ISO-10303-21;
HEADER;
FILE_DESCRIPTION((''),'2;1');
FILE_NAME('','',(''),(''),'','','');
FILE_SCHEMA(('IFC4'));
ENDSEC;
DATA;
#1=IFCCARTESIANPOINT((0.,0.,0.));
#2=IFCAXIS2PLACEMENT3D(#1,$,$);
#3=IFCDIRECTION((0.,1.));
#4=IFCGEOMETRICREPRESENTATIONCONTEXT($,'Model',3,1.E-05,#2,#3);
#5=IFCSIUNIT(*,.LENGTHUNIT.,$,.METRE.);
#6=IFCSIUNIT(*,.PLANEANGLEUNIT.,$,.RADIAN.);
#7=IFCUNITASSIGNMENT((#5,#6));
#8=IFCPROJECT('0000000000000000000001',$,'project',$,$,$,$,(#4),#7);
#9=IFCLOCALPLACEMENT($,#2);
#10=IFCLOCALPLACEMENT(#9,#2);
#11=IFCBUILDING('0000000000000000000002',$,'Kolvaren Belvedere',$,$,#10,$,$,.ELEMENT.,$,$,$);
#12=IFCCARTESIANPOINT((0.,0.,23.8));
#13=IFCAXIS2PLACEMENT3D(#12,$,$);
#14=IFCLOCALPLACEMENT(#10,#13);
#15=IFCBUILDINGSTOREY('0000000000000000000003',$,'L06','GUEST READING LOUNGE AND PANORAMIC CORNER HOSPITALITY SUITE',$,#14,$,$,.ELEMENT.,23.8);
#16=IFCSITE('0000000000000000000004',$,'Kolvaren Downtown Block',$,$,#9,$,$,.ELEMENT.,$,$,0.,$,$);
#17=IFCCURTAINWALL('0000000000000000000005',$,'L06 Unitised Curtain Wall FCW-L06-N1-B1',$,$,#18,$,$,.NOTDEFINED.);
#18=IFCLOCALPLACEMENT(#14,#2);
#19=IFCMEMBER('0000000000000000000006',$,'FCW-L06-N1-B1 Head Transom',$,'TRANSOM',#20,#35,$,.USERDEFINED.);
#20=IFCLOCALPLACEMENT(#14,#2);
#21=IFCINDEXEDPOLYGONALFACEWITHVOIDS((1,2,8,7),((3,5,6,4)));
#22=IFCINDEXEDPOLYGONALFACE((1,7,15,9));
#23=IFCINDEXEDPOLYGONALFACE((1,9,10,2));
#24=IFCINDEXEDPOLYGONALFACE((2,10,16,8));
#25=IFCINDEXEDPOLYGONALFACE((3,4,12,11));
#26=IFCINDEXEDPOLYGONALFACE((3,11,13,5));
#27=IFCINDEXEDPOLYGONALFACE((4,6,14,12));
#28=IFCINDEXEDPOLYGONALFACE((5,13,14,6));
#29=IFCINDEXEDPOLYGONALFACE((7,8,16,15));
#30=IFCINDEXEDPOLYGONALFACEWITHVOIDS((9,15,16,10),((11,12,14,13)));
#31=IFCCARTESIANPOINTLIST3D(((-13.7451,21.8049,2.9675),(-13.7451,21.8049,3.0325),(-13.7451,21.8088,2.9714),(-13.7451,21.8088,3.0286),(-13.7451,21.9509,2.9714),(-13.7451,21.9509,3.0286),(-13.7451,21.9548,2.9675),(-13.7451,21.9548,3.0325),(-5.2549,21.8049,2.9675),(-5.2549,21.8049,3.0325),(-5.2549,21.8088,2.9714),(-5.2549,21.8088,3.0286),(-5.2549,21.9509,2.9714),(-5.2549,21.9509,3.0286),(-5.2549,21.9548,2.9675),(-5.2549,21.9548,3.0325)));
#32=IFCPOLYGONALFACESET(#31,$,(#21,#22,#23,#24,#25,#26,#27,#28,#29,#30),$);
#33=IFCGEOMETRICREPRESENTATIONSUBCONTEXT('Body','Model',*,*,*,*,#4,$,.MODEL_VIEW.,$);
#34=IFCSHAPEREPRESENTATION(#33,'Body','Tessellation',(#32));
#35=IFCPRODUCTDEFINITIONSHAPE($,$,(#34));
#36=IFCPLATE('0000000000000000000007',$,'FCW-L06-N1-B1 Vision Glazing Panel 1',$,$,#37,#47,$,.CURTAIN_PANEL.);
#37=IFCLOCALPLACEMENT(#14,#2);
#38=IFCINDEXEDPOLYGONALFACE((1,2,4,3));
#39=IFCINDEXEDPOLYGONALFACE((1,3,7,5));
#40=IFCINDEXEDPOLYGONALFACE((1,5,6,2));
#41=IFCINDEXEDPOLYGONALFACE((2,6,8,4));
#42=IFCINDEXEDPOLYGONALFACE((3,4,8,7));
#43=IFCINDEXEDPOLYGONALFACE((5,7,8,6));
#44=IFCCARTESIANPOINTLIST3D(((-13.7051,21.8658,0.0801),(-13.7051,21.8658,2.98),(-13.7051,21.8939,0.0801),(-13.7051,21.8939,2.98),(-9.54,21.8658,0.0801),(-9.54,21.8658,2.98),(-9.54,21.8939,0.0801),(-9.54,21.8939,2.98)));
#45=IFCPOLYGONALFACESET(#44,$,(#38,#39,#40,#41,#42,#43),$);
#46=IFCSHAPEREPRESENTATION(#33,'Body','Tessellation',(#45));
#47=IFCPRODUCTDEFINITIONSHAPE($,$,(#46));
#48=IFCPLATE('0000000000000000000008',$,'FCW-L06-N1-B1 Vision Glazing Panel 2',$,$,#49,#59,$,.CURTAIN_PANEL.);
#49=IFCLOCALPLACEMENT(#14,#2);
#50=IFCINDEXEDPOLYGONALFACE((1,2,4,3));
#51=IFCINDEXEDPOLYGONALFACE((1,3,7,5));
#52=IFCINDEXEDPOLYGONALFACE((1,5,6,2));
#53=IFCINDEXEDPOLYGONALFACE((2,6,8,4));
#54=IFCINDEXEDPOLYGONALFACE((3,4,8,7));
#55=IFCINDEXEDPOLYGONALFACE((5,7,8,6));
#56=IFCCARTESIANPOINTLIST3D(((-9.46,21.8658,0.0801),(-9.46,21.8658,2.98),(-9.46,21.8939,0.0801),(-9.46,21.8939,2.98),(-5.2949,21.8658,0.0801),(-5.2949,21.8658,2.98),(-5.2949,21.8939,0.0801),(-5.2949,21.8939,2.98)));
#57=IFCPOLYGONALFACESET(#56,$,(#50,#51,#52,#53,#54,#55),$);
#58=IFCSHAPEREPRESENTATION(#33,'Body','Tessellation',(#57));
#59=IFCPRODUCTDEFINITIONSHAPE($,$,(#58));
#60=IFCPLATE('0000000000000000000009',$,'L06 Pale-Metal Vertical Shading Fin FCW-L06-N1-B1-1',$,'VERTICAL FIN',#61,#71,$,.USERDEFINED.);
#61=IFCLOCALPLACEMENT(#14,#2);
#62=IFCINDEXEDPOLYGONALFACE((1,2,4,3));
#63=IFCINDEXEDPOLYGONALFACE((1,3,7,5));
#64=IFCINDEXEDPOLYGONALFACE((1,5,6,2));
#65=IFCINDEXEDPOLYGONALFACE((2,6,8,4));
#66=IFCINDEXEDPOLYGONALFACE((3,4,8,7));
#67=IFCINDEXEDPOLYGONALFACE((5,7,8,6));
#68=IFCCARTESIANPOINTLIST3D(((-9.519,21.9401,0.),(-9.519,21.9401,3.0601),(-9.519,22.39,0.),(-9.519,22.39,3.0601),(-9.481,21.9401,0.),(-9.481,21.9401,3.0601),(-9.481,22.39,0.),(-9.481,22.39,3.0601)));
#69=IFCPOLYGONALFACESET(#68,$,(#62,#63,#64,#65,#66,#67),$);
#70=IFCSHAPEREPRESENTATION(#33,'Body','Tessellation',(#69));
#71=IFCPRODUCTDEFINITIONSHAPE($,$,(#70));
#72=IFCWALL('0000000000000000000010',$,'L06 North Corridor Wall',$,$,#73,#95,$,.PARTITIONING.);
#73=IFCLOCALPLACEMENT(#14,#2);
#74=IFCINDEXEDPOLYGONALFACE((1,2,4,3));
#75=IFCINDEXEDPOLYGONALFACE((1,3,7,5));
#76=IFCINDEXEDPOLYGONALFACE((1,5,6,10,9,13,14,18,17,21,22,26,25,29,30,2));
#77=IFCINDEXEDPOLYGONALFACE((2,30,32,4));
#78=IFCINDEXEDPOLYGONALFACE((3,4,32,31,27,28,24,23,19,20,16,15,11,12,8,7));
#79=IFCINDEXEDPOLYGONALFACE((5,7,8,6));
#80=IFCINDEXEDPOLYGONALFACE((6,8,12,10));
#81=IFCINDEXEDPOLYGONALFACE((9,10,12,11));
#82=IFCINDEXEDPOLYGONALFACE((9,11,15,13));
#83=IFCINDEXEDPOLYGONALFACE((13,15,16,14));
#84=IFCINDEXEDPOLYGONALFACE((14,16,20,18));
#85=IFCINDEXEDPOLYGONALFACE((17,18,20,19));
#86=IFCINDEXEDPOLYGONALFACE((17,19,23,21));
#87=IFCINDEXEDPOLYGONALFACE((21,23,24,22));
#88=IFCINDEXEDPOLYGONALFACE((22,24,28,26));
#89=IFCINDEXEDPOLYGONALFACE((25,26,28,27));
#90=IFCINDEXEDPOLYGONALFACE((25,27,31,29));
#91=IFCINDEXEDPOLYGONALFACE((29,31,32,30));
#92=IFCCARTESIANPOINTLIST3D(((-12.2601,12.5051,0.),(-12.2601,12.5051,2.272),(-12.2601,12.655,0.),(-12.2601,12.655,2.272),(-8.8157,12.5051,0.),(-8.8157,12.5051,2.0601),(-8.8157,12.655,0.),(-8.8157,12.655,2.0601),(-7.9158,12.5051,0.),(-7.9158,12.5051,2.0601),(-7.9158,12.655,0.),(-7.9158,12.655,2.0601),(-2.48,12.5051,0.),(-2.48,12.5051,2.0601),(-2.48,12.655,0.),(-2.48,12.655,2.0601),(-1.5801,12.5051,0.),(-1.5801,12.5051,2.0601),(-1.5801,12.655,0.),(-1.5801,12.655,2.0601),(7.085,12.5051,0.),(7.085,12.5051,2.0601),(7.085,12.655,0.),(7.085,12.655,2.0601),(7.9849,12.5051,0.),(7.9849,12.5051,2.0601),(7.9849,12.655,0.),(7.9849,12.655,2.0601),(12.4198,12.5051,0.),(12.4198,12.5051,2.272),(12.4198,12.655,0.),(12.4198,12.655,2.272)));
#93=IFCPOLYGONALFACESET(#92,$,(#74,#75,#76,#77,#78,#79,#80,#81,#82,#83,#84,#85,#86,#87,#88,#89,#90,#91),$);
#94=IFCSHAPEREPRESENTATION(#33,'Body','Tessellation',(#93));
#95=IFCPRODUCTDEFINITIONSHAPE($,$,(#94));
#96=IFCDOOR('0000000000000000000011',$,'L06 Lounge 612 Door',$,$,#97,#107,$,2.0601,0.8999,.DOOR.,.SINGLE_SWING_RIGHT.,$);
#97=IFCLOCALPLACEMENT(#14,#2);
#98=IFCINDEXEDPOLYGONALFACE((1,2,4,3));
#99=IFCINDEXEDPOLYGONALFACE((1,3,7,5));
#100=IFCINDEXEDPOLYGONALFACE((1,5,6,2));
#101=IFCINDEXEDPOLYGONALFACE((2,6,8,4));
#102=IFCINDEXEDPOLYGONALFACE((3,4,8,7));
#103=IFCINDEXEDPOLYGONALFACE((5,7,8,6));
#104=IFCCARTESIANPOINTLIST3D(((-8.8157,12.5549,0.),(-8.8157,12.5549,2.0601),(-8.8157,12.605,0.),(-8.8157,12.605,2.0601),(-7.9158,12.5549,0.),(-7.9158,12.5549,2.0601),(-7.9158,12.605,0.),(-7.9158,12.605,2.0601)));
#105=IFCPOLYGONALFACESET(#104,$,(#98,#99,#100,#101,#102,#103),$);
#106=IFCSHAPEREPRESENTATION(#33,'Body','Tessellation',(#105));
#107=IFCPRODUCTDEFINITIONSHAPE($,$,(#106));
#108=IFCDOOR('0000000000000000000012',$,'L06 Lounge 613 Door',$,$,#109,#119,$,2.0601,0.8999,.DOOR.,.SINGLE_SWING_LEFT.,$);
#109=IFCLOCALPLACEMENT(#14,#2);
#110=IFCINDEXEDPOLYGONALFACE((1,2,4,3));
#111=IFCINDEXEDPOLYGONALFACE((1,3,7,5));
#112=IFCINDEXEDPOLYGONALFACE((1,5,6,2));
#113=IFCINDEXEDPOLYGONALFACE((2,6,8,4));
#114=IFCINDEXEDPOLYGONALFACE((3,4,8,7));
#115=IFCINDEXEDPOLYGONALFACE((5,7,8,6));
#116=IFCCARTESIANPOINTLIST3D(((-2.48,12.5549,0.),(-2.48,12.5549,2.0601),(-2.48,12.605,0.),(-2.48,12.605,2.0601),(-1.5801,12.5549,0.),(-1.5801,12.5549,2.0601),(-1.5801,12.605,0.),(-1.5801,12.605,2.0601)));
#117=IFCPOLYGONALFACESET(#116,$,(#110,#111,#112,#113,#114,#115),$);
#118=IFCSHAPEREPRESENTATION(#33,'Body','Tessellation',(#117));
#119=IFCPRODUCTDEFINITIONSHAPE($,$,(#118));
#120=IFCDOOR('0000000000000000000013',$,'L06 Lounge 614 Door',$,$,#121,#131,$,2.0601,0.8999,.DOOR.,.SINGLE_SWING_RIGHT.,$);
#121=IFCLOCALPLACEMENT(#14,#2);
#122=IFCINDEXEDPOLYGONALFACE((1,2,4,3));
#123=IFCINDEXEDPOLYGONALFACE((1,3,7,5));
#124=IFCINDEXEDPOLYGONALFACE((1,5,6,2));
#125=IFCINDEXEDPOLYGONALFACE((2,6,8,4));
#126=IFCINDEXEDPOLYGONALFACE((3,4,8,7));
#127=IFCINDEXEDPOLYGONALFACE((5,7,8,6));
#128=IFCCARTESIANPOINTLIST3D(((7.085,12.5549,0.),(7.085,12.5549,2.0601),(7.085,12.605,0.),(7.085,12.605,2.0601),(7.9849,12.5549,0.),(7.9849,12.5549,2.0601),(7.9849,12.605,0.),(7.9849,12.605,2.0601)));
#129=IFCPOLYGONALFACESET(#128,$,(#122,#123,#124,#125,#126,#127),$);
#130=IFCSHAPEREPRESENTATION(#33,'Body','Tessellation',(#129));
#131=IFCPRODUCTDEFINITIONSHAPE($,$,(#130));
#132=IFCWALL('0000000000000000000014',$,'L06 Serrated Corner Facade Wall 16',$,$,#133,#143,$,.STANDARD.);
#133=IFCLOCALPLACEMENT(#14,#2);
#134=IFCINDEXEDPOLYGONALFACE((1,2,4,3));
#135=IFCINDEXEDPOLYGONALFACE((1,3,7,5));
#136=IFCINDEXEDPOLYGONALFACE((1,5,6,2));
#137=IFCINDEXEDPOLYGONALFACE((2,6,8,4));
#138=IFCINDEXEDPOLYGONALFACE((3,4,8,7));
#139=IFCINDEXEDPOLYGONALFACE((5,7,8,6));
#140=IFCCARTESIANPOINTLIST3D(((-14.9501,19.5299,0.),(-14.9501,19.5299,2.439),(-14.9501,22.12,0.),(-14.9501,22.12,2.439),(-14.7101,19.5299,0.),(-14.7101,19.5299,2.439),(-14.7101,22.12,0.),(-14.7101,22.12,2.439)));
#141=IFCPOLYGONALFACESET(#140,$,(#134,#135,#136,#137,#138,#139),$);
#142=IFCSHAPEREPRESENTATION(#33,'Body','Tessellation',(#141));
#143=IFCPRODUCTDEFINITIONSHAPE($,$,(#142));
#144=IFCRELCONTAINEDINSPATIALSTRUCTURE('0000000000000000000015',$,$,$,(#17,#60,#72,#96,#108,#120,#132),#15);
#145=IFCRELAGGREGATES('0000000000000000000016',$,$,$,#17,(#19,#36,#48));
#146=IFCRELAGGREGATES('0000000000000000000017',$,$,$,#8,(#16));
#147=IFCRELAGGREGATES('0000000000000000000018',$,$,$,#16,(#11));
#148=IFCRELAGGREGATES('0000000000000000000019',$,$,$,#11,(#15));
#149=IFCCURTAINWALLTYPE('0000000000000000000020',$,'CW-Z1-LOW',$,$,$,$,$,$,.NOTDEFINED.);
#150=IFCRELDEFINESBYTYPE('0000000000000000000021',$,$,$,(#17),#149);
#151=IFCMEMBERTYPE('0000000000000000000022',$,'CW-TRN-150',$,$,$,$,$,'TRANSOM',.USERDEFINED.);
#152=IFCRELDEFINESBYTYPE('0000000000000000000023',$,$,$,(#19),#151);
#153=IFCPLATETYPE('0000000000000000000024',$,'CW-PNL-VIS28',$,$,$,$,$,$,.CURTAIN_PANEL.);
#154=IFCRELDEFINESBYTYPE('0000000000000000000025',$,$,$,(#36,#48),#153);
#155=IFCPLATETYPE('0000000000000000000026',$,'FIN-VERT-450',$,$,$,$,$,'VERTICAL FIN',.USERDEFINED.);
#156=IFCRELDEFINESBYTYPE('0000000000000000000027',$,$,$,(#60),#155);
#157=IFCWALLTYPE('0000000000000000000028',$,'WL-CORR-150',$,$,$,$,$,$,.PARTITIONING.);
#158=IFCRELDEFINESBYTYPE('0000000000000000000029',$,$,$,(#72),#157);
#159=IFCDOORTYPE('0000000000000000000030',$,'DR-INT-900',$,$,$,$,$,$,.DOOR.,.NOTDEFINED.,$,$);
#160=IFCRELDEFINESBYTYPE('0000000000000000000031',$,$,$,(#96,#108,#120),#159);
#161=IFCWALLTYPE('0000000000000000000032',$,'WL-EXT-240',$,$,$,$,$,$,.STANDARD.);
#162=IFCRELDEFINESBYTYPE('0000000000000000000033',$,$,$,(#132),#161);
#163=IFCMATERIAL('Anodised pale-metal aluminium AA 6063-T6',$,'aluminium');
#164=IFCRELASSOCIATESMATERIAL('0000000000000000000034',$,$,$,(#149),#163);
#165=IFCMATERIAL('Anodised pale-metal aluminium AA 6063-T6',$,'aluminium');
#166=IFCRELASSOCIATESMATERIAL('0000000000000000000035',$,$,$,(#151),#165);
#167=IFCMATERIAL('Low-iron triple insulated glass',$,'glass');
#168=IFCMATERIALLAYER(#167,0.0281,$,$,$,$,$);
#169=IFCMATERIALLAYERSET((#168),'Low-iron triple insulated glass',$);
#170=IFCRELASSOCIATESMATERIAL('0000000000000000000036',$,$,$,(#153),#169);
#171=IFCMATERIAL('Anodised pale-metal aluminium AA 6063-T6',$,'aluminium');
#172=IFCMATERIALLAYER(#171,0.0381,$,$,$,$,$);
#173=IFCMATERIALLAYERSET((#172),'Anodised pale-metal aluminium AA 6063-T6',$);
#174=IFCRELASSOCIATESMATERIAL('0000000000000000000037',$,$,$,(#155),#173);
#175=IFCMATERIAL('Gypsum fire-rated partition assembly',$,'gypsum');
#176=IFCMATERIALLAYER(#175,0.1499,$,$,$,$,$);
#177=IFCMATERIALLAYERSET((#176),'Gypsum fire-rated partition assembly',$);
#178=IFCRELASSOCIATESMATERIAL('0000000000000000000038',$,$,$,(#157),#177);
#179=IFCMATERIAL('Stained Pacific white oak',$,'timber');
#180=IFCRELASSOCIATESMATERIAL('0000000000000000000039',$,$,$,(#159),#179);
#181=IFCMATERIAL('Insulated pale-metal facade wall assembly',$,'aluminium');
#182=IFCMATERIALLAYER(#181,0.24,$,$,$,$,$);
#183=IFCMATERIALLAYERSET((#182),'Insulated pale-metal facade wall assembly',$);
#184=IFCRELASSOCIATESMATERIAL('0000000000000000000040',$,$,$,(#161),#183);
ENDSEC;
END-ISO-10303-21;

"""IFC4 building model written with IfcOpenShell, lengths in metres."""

from ifc_helpers import new_model, si_unit, direction, frame, frame_2d, origin, origin_2d, place, context, subcontext, project, spatial, rectangle, hollow_rectangle, extrude, material, layer, layer_set, material_profile, profile_set, type_object, element, fill, aggregate, save


model = new_model("IFC4")

# Units and contexts
model_context = context("Model", 3, precision=1e-05, world=origin(), true_north=direction((0.0, 1.0)))
body_context = subcontext(model_context, "Body", "Model", "MODEL_VIEW")
ifc_project = project(units=[si_unit("LENGTHUNIT", "METRE"), si_unit("PLANEANGLEUNIT", "RADIAN")], contexts=[model_context])

# Site, building, storey
site_placement = place(None, origin())
site = spatial("IfcSite", under=ifc_project, at=site_placement, Name="Kolvaren Downtown Block", CompositionType="ELEMENT", RefElevation=0.0)
building_placement = place(site_placement, origin())
building = spatial("IfcBuilding", under=site, at=building_placement, Name="Kolvaren Belvedere", CompositionType="ELEMENT")
storey_placement = place(building_placement, frame((0.0, 0.0, 23.8)))
storey = spatial("IfcBuildingStorey", under=building, at=storey_placement, Name="L06", Description="GUEST READING LOUNGE AND PANORAMIC CORNER HOSPITALITY SUITE", CompositionType="ELEMENT", Elevation=23.8)

# Curtain wall
ifc_material_1 = material(Name="Anodised pale-metal aluminium AA 6063-T6", Category="aluminium")
curtain_wall_type = type_object("IfcCurtainWallType", Name="CW-Z1-LOW", PredefinedType="NOTDEFINED", material=ifc_material_1)
curtain_wall_1_placement = place(storey_placement, origin())
curtain_wall_1 = element("IfcCurtainWall", 1, at=curtain_wall_1_placement, inside=storey, type_object=curtain_wall_type, Name="L06 Unitised Curtain Wall FCW-L06-N1-B1", PredefinedType="NOTDEFINED")

# Member
ifc_material_2 = material(Name="Anodised pale-metal aluminium AA 6063-T6", Category="aluminium")
ifc_material_profile_1 = material_profile(ifc_material_2, hollow_rectangle(XDim=0.0649, YDim=0.1499, WallThickness=0.0039, at=origin_2d()), Name="ALU-TRN-150X65")
ifc_profile_set_1 = profile_set([ifc_material_profile_1], Name="Anodised pale-metal aluminium AA 6063-T6")
member_type_1 = type_object("IfcMemberType", Name="CW-TRN-150", ElementType="TRANSOM", PredefinedType="USERDEFINED", material=ifc_profile_set_1)
member_1_placement = place(storey_placement, frame((-13.7451, 21.8799, 3.0), z_axis=(1.0, 0.0, 0.0), x_axis=(0.0, 0.0, 1.0)))
member_1 = element("IfcMember", 2, at=member_1_placement, type_object=member_type_1, Name="FCW-L06-N1-B1 Head Transom", ObjectType="TRANSOM", PredefinedType="USERDEFINED", context=body_context, shape_type="SweptSolid", body=[
    extrude(hollow_rectangle(XDim=0.0649, YDim=0.1499, WallThickness=0.0039, at=origin_2d()), origin(), (0.0, 0.0, 1.0), 8.4902),
])

# Plates
ifc_material_3 = material(Name="Low-iron triple insulated glass", Category="glass")
ifc_layer_1 = layer(ifc_material_3, 0.0281)
ifc_layer_set_1 = layer_set([ifc_layer_1], Name="Low-iron triple insulated glass")
plate_type_1 = type_object("IfcPlateType", Name="CW-PNL-VIS28", PredefinedType="CURTAIN_PANEL", material=ifc_layer_set_1)
plate_1_placement = place(storey_placement, frame((-11.6226, 21.8799, 0.0801), z_axis=(0.0, 0.0, 1.0), x_axis=(1.0, 0.0, 0.0)))
plate_1 = element("IfcPlate", 3, at=plate_1_placement, type_object=plate_type_1, Name="FCW-L06-N1-B1 Vision Glazing Panel 1", PredefinedType="CURTAIN_PANEL", context=body_context, shape_type="SweptSolid", body=[
    extrude(rectangle(XDim=4.165, YDim=0.0281, at=origin_2d()), origin(), (0.0, 0.0, 1.0), 2.8999),
])
plate_2_placement = place(storey_placement, frame((-7.3774, 21.8799, 0.0801), z_axis=(0.0, 0.0, 1.0), x_axis=(1.0, 0.0, 0.0)))
plate_2 = element("IfcPlate", 4, at=plate_2_placement, type_object=plate_type_1, Name="FCW-L06-N1-B1 Vision Glazing Panel 2", PredefinedType="CURTAIN_PANEL", context=body_context, shape_type="SweptSolid", body=[
    extrude(rectangle(XDim=4.165, YDim=0.0281, at=origin_2d()), origin(), (0.0, 0.0, 1.0), 2.8999),
])
aggregate(curtain_wall_1, [member_1, plate_1, plate_2])
ifc_material_4 = material(Name="Anodised pale-metal aluminium AA 6063-T6", Category="aluminium")
ifc_layer_2 = layer(ifc_material_4, 0.0381)
ifc_layer_set_2 = layer_set([ifc_layer_2], Name="Anodised pale-metal aluminium AA 6063-T6")
plate_type_2 = type_object("IfcPlateType", Name="FIN-VERT-450", ElementType="VERTICAL FIN", PredefinedType="USERDEFINED", material=ifc_layer_set_2)
plate_3_placement = place(storey_placement, frame((-9.5, 22.165, 0.0), z_axis=(0.0, 0.0, 1.0), x_axis=(0.0, 1.0, 0.0)))
element("IfcPlate", 5, at=plate_3_placement, inside=storey, type_object=plate_type_2, Name="L06 Pale-Metal Vertical Shading Fin FCW-L06-N1-B1-1", ObjectType="VERTICAL FIN", PredefinedType="USERDEFINED", context=body_context, shape_type="SweptSolid", body=[
    extrude(rectangle(XDim=0.45, YDim=0.0381, at=origin_2d()), origin(), (0.0, 0.0, 1.0), 3.0601),
])

# Wall, openings, doors
ifc_material_5 = material(Name="Gypsum fire-rated partition assembly", Category="gypsum")
ifc_layer_3 = layer(ifc_material_5, 0.1499)
ifc_layer_set_3 = layer_set([ifc_layer_3], Name="Gypsum fire-rated partition assembly")
wall_type_1 = type_object("IfcWallType", Name="WL-CORR-150", PredefinedType="PARTITIONING", material=ifc_layer_set_3)
wall_1_placement = place(storey_placement, frame((-12.26, 12.5801, 0.0), z_axis=(0.0, 0.0, 1.0), x_axis=(1.0, 0.0, 0.0)))
wall_1 = element("IfcWall", 6, at=wall_1_placement, inside=storey, type_object=wall_type_1, Name="L06 North Corridor Wall", PredefinedType="PARTITIONING", context=body_context, shape_type="SweptSolid", body=[
    extrude(rectangle(XDim=24.6799, YDim=0.1499, at=frame_2d((12.3398, 0.0))), origin(), (0.0, 0.0, 1.0), 2.272),
])
opening_1_placement = place(wall_1_placement, frame((3.4443, 0.0, 0.0)))
opening_1 = element("IfcOpeningElement", 7, at=opening_1_placement, cuts=wall_1, PredefinedType="OPENING", context=body_context, shape_type="SweptSolid", body=[
    extrude(rectangle(XDim=0.8999, YDim=2.0601, at=frame_2d((0.45, 1.03))), frame((0.0, 0.085, 0.0), z_axis=(0.0, -1.0, 0.0), x_axis=(1.0, 0.0, 0.0)), (0.0, 0.0, 1.0), 0.1699),
])
opening_2_placement = place(wall_1_placement, frame((9.78, 0.0, 0.0)))
opening_2 = element("IfcOpeningElement", 8, at=opening_2_placement, cuts=wall_1, PredefinedType="OPENING", context=body_context, shape_type="SweptSolid", body=[
    extrude(rectangle(XDim=0.8999, YDim=2.0601, at=frame_2d((0.45, 1.03))), frame((0.0, 0.085, 0.0), z_axis=(0.0, -1.0, 0.0), x_axis=(1.0, 0.0, 0.0)), (0.0, 0.0, 1.0), 0.1699),
])
opening_3_placement = place(wall_1_placement, frame((19.345, 0.0, 0.0)))
opening_3 = element("IfcOpeningElement", 9, at=opening_3_placement, cuts=wall_1, PredefinedType="OPENING", context=body_context, shape_type="SweptSolid", body=[
    extrude(rectangle(XDim=0.8999, YDim=2.0601, at=frame_2d((0.45, 1.03))), frame((0.0, 0.085, 0.0), z_axis=(0.0, -1.0, 0.0), x_axis=(1.0, 0.0, 0.0)), (0.0, 0.0, 1.0), 0.1699),
])
ifc_material_6 = material(Name="Stained Pacific white oak", Category="timber")
door_type = type_object("IfcDoorType", Name="DR-INT-900", OperationType="NOTDEFINED", PredefinedType="DOOR", material=ifc_material_6)
door_1_placement = place(opening_1_placement, origin())
door_1 = element("IfcDoor", 10, at=door_1_placement, inside=storey, type_object=door_type, Name="L06 Lounge 612 Door", OperationType="SINGLE_SWING_RIGHT", OverallHeight=2.0601, OverallWidth=0.8999, PredefinedType="DOOR", context=body_context, shape_type="SweptSolid", body=[
    extrude(rectangle(XDim=0.8999, YDim=2.0601, at=frame_2d((0.45, 1.03))), frame((0.0, 0.0249, 0.0), z_axis=(0.0, -1.0, 0.0), x_axis=(1.0, 0.0, 0.0)), (0.0, 0.0, 1.0), 0.05),
])
fill(opening_1, door_1)
door_2_placement = place(opening_2_placement, origin())
door_2 = element("IfcDoor", 11, at=door_2_placement, inside=storey, type_object=door_type, Name="L06 Lounge 613 Door", OperationType="SINGLE_SWING_LEFT", OverallHeight=2.0601, OverallWidth=0.8999, PredefinedType="DOOR", context=body_context, shape_type="SweptSolid", body=[
    extrude(rectangle(XDim=0.8999, YDim=2.0601, at=frame_2d((0.45, 1.03))), frame((0.0, 0.0249, 0.0), z_axis=(0.0, -1.0, 0.0), x_axis=(1.0, 0.0, 0.0)), (0.0, 0.0, 1.0), 0.05),
])
fill(opening_2, door_2)
door_3_placement = place(opening_3_placement, origin())
door_3 = element("IfcDoor", 12, at=door_3_placement, inside=storey, type_object=door_type, Name="L06 Lounge 614 Door", OperationType="SINGLE_SWING_RIGHT", OverallHeight=2.0601, OverallWidth=0.8999, PredefinedType="DOOR", context=body_context, shape_type="SweptSolid", body=[
    extrude(rectangle(XDim=0.8999, YDim=2.0601, at=frame_2d((0.45, 1.03))), frame((0.0, 0.0249, 0.0), z_axis=(0.0, -1.0, 0.0), x_axis=(1.0, 0.0, 0.0)), (0.0, 0.0, 1.0), 0.05),
])
fill(opening_3, door_3)

# Wall
ifc_material_7 = material(Name="Insulated pale-metal facade wall assembly", Category="aluminium")
ifc_layer_4 = layer(ifc_material_7, 0.24)
ifc_layer_set_4 = layer_set([ifc_layer_4], Name="Insulated pale-metal facade wall assembly")
wall_type_2 = type_object("IfcWallType", Name="WL-EXT-240", PredefinedType="STANDARD", material=ifc_layer_set_4)
wall_2_placement = place(storey_placement, frame((-14.8301, 19.53, 0.0), z_axis=(0.0, 0.0, 1.0), x_axis=(0.0, 1.0, 0.0)))
element("IfcWall", 13, at=wall_2_placement, inside=storey, type_object=wall_type_2, Name="L06 Serrated Corner Facade Wall 16", PredefinedType="STANDARD", context=body_context, shape_type="SweptSolid", body=[
    extrude(rectangle(XDim=2.5901, YDim=0.24, at=frame_2d((1.2949, 0.0))), origin(), (0.0, 0.0, 1.0), 2.439),
])

save(model, "model.ifc")
